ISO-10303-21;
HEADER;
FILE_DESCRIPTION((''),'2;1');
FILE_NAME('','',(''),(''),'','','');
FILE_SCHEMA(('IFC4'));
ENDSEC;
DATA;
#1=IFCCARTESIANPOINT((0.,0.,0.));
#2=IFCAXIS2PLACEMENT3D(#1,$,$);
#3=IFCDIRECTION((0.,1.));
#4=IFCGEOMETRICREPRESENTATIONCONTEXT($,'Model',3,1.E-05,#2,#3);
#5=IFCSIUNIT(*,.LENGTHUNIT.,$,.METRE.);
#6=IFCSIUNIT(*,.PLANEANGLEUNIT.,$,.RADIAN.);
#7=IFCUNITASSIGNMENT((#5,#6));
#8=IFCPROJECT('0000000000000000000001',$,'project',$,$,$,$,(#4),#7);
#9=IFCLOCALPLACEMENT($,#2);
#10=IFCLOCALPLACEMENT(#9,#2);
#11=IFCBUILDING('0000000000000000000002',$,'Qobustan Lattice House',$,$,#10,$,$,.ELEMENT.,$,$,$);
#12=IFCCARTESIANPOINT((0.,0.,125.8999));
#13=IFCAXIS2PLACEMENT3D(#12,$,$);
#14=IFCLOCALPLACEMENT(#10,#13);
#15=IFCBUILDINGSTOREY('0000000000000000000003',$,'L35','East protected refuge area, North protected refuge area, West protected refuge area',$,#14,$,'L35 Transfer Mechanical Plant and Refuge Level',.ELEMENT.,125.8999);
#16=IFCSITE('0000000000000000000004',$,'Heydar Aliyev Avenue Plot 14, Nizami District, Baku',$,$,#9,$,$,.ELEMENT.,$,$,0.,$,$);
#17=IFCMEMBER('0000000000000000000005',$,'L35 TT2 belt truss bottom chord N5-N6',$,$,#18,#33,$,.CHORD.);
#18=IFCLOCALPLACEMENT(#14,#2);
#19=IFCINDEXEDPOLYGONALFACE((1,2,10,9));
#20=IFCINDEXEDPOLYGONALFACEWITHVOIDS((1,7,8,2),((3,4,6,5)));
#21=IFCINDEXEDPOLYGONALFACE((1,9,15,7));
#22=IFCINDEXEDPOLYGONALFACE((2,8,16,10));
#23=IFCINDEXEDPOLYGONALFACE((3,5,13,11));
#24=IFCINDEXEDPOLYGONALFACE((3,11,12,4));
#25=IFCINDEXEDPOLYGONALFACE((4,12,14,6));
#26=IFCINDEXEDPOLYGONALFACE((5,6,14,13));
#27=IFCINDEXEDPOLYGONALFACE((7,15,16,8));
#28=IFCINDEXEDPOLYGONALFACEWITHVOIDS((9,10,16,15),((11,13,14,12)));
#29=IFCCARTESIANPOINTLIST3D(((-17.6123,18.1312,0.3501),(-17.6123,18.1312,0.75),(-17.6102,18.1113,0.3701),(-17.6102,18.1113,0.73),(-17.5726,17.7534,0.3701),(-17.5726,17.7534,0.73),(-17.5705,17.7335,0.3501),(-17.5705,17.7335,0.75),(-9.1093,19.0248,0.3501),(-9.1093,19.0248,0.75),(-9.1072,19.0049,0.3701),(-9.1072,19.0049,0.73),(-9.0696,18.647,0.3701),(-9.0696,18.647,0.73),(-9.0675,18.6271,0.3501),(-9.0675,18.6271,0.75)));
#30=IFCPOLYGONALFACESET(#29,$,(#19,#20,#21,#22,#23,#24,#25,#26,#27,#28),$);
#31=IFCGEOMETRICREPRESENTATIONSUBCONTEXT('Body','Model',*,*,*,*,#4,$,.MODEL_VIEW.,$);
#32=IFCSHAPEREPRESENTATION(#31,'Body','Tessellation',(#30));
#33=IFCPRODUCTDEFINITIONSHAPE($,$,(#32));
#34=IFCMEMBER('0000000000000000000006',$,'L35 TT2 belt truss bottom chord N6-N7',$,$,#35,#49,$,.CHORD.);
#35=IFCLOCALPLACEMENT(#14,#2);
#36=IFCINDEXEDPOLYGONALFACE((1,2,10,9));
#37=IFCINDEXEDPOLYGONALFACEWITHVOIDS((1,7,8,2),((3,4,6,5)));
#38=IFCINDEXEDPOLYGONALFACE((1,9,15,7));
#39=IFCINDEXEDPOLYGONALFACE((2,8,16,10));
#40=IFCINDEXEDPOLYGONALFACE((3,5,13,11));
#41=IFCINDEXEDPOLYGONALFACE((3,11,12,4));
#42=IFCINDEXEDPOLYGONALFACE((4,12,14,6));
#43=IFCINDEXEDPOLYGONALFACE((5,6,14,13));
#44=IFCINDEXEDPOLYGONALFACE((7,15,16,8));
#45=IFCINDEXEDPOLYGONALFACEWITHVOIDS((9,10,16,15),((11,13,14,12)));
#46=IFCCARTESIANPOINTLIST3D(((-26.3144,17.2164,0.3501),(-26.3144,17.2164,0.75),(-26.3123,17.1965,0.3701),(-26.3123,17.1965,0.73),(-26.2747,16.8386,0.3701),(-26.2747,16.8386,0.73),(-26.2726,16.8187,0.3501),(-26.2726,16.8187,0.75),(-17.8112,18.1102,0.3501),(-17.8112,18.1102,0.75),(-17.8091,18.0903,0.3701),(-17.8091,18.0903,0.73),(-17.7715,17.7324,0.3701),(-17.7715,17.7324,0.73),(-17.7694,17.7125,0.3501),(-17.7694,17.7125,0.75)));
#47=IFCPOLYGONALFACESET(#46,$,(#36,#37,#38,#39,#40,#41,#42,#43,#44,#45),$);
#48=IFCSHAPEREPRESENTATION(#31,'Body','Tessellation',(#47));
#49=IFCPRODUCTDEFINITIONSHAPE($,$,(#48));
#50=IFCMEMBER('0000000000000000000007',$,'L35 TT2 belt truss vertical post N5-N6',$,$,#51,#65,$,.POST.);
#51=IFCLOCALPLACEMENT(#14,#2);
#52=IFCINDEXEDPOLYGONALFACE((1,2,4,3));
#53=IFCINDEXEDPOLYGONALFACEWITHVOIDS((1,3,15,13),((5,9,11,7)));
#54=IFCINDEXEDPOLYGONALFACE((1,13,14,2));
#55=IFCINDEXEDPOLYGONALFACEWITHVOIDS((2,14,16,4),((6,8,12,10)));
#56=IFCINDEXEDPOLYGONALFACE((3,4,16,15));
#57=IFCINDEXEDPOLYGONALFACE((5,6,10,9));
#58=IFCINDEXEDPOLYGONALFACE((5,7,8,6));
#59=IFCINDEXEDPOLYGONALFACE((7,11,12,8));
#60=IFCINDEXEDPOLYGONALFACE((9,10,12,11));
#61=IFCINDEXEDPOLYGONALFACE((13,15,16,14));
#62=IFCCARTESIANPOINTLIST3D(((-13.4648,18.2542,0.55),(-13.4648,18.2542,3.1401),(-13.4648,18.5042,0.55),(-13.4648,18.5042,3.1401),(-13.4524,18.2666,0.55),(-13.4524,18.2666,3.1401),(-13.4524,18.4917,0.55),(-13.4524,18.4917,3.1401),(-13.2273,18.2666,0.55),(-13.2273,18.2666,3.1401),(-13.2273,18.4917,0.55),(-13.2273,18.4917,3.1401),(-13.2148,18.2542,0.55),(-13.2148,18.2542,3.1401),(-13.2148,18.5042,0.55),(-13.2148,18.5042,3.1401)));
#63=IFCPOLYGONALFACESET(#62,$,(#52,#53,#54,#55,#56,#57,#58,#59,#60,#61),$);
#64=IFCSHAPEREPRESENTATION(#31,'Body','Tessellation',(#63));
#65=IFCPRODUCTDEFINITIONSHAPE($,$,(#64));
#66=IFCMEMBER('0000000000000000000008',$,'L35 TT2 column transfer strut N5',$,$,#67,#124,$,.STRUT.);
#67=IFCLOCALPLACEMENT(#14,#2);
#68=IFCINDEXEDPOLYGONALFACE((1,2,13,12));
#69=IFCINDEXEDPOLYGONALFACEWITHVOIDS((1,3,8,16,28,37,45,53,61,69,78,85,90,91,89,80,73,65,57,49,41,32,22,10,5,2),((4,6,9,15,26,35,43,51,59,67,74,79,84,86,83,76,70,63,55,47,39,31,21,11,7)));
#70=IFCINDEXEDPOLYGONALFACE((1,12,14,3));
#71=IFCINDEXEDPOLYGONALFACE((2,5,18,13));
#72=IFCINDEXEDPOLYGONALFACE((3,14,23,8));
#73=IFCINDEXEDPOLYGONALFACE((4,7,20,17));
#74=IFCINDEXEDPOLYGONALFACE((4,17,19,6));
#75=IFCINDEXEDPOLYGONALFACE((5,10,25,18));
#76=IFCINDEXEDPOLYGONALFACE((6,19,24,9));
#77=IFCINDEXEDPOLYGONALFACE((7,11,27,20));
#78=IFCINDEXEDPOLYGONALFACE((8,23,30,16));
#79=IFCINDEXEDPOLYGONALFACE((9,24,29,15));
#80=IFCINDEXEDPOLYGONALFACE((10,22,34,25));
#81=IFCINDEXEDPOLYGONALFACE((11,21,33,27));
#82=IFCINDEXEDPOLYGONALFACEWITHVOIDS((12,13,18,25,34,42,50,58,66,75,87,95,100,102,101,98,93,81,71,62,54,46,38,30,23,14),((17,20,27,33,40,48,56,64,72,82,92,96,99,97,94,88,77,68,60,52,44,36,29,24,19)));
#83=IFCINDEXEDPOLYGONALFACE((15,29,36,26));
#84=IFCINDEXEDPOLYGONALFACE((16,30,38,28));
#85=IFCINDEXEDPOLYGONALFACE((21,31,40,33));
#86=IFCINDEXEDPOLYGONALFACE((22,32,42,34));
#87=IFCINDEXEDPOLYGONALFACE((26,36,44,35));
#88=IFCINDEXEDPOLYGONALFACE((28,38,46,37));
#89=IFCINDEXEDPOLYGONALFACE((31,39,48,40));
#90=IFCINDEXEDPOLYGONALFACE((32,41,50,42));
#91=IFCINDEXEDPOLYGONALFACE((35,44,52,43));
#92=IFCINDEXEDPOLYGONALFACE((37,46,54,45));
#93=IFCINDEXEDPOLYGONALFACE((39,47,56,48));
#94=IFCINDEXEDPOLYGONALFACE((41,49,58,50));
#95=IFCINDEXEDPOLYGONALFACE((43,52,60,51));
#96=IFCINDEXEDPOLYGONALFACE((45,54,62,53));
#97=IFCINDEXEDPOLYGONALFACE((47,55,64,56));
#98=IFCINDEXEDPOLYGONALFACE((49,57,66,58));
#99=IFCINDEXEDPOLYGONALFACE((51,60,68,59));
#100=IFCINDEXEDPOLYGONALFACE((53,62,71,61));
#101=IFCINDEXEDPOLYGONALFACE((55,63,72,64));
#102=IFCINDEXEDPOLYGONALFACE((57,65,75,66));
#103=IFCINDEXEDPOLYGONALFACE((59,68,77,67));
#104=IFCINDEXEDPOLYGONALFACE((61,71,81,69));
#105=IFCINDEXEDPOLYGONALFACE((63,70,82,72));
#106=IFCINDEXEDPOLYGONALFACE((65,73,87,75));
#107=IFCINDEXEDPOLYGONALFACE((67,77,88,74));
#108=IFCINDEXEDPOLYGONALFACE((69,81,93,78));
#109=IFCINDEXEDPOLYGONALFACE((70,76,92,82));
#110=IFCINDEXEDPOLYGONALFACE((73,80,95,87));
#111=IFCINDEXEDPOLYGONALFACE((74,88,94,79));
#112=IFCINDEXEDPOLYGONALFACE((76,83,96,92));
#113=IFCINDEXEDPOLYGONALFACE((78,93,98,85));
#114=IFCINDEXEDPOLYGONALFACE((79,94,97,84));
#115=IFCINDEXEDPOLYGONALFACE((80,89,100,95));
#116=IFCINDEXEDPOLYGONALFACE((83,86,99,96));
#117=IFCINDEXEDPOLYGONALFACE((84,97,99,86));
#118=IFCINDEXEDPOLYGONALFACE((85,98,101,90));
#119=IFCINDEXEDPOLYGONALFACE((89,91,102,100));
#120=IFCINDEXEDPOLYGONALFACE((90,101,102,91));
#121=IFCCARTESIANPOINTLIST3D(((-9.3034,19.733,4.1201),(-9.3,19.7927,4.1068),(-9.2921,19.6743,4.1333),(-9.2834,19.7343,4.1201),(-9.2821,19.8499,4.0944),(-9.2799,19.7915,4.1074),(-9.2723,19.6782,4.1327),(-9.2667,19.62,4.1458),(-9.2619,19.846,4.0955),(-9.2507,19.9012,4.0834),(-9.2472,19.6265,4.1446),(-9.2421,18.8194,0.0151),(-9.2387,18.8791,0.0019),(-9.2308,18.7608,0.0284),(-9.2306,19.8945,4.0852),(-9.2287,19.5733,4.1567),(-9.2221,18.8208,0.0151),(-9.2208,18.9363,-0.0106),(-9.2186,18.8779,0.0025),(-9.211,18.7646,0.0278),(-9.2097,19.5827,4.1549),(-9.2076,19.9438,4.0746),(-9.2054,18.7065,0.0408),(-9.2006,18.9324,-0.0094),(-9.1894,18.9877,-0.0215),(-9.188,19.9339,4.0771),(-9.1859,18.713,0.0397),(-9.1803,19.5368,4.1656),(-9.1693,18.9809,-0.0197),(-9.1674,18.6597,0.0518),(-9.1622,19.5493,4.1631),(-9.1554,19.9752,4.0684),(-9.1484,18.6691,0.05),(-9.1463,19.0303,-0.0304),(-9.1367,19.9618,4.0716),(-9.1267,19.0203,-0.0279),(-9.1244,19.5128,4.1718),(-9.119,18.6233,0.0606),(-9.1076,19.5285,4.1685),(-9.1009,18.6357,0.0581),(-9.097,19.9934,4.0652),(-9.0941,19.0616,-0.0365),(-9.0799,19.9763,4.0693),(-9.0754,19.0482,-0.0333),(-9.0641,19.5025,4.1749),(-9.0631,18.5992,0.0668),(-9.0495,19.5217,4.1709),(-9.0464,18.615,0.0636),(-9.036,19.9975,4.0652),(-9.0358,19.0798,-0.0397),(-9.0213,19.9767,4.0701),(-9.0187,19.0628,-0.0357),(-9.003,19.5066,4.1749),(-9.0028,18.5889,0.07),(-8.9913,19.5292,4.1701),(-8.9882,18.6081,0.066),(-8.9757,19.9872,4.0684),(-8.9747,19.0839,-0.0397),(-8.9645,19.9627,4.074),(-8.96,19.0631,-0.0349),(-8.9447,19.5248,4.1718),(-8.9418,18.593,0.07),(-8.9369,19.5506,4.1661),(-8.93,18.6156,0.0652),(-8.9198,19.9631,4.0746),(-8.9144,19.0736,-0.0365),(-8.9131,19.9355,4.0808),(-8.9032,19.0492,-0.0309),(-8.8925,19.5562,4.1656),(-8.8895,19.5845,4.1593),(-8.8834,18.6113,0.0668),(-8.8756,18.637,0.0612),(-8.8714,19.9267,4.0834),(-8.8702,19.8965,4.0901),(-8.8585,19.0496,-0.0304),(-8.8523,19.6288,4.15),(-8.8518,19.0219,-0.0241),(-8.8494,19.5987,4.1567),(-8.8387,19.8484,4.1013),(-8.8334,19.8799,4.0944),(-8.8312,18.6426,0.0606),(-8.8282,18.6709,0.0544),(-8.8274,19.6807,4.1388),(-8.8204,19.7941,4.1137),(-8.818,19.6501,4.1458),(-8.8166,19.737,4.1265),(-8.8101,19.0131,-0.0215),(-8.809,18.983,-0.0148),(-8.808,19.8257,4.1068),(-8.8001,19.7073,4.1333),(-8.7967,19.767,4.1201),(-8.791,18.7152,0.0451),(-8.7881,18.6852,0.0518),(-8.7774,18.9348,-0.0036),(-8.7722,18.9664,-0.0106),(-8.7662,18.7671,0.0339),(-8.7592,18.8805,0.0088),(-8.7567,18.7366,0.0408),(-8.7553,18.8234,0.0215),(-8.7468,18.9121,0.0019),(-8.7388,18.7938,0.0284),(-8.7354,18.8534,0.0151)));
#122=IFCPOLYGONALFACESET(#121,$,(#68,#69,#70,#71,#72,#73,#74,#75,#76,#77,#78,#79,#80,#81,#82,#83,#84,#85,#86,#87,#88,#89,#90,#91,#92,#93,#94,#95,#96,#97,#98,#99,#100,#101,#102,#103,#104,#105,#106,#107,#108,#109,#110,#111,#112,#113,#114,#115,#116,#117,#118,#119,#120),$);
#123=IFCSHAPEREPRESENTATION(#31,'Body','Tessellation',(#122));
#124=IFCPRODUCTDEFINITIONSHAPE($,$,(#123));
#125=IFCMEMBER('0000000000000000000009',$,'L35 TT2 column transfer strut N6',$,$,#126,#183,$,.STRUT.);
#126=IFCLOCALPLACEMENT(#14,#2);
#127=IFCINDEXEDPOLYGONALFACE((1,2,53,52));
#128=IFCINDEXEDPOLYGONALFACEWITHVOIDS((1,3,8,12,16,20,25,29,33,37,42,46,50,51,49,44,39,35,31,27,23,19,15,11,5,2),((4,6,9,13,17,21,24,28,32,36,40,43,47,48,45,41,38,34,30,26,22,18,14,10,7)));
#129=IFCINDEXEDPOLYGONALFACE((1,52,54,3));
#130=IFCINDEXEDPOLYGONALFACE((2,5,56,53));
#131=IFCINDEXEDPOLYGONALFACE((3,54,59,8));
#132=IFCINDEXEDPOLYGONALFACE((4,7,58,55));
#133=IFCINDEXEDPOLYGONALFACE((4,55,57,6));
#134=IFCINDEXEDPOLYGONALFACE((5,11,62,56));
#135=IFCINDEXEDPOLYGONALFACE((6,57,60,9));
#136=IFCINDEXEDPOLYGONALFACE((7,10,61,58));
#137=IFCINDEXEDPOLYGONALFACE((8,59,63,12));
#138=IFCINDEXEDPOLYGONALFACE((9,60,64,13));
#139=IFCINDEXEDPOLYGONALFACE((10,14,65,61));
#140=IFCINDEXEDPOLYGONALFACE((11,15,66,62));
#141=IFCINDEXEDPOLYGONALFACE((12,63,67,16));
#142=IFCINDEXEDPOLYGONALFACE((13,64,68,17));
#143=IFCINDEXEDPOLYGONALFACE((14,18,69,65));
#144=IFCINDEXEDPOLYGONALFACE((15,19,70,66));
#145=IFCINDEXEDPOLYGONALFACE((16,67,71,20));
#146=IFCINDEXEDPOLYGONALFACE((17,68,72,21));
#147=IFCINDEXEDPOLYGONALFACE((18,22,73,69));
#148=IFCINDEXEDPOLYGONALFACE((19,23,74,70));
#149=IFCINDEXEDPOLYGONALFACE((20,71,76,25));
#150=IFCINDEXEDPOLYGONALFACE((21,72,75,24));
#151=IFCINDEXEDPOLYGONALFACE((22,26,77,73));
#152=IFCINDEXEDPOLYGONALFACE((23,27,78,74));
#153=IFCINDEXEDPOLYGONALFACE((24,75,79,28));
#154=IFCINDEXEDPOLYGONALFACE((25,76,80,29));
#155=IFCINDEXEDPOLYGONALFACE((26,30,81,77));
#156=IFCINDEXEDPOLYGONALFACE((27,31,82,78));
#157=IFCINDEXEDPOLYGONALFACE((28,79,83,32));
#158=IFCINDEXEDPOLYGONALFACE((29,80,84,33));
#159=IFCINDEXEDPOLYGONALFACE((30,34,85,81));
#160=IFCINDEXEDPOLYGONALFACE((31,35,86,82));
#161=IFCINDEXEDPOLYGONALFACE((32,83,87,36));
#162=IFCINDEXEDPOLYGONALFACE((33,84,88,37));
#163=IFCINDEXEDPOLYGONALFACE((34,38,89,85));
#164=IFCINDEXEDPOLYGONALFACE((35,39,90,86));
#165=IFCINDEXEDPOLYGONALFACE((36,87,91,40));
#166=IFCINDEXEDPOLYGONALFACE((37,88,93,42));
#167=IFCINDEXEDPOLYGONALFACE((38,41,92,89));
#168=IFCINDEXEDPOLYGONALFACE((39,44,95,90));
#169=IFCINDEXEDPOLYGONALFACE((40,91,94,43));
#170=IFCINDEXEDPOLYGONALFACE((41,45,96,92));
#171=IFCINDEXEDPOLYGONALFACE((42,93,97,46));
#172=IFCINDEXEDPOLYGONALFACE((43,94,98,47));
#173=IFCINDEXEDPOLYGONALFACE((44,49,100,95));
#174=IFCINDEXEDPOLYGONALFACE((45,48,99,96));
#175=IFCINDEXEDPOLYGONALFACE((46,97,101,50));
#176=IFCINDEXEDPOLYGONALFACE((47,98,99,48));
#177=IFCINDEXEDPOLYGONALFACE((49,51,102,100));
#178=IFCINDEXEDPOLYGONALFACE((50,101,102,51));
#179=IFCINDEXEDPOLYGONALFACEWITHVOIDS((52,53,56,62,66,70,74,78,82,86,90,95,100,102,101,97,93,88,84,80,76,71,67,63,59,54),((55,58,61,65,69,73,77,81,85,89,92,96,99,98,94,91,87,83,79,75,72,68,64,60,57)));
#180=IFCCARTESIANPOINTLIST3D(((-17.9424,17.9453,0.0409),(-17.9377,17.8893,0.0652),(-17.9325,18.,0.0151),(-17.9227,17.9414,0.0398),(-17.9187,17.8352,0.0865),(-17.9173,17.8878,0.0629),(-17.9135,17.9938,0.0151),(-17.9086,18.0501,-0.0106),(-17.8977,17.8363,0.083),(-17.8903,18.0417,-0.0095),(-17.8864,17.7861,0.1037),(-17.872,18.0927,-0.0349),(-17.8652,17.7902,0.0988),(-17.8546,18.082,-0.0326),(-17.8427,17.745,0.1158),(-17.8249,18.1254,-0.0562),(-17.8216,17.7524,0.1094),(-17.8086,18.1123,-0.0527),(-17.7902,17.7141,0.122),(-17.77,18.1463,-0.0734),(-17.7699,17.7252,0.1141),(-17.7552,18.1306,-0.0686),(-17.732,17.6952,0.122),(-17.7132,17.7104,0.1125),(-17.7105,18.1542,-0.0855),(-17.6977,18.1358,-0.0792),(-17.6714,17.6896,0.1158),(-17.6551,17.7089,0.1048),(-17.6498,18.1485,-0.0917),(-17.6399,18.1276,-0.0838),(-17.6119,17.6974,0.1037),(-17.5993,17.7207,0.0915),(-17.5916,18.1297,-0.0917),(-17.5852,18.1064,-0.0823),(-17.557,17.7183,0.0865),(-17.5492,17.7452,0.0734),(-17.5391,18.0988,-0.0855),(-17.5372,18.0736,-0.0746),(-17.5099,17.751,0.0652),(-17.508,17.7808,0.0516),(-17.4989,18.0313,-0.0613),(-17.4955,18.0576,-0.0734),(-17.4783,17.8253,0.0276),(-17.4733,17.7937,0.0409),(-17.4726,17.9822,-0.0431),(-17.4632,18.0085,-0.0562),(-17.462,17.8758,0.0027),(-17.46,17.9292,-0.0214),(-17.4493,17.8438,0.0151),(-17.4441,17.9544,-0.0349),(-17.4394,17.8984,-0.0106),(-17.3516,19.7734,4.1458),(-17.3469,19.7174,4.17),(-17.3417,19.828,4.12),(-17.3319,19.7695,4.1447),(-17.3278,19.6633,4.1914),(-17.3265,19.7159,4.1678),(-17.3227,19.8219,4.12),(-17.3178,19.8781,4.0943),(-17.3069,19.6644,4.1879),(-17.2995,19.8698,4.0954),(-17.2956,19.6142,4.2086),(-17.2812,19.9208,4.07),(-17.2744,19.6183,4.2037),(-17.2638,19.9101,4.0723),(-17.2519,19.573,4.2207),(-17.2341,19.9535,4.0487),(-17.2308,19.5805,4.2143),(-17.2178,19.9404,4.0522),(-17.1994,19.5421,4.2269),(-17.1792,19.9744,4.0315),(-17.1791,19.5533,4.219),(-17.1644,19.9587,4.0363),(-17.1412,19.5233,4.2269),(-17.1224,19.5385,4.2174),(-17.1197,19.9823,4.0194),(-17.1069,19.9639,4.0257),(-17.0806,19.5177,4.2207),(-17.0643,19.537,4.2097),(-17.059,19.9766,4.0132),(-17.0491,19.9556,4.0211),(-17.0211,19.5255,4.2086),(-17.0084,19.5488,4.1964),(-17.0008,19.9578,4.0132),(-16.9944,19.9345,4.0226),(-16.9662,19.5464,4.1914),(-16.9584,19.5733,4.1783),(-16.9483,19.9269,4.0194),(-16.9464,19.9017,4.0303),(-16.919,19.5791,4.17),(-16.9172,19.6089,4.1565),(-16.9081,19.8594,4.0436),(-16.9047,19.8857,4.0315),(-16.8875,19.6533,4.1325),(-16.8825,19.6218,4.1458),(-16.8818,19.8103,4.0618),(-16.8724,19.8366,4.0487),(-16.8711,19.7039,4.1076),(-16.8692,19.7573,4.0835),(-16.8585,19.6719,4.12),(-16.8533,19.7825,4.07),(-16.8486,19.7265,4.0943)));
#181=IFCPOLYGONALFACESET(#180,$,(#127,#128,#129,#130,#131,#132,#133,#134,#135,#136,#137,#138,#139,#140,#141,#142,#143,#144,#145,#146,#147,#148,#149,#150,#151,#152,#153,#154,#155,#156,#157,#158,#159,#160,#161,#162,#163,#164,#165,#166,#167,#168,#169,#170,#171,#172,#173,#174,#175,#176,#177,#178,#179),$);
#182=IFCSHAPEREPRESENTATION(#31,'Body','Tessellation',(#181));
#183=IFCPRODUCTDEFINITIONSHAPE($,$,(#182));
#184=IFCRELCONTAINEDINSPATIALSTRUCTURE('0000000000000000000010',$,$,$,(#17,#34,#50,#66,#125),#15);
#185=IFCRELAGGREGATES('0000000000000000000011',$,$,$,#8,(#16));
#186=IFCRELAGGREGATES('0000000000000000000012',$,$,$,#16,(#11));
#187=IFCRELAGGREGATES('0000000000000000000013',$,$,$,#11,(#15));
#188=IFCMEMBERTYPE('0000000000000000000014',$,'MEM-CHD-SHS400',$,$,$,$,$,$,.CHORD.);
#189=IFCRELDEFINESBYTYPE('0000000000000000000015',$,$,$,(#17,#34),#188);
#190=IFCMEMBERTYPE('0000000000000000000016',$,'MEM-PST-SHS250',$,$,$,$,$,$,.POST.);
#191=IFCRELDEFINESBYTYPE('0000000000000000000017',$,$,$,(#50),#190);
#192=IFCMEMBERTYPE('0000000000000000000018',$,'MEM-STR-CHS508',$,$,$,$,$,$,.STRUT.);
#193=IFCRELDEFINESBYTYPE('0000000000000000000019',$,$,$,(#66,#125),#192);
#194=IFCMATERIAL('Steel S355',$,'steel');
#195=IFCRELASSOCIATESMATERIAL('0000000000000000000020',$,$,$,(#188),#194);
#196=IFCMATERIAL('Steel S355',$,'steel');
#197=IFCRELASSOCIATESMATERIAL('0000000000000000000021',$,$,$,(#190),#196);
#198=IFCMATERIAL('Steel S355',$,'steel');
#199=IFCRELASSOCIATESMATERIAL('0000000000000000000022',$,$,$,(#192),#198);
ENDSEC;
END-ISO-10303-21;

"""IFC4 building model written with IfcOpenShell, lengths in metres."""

from ifc_helpers import new_model, si_unit, direction, frame, origin, origin_2d, place, context, subcontext, project, spatial, hollow_rectangle, hollow_circle, extrude, material, material_profile, profile_set, type_object, element, save


model = new_model("IFC4")

# Units and contexts
model_context = context("Model", 3, precision=1e-05, world=origin(), true_north=direction((0.0, 1.0)))
body_context = subcontext(model_context, "Body", "Model", "MODEL_VIEW")
ifc_project = project(units=[si_unit("LENGTHUNIT", "METRE"), si_unit("PLANEANGLEUNIT", "RADIAN")], contexts=[model_context])

# Site, building, storey
site_placement = place(None, origin())
site = spatial("IfcSite", under=ifc_project, at=site_placement, Name="Heydar Aliyev Avenue Plot 14, Nizami District, Baku", CompositionType="ELEMENT", RefElevation=0.0)
building_placement = place(site_placement, origin())
building = spatial("IfcBuilding", under=site, at=building_placement, Name="Qobustan Lattice House", CompositionType="ELEMENT")
storey_placement = place(building_placement, frame((0.0, 0.0, 125.8999)))
storey = spatial("IfcBuildingStorey", under=building, at=storey_placement, Name="L35", Description="East protected refuge area, North protected refuge area, West protected refuge area", LongName="L35 Transfer Mechanical Plant and Refuge Level", CompositionType="ELEMENT", Elevation=125.8999)

# Members
ifc_material_1 = material(Name="Steel S355", Category="steel")
ifc_material_profile_1 = material_profile(ifc_material_1, hollow_rectangle(XDim=0.3999, YDim=0.3999, WallThickness=0.02, at=origin_2d()), Name="SHS400x400x20")
ifc_profile_set_1 = profile_set([ifc_material_profile_1], Name="Steel S355")
member_type_1 = type_object("IfcMemberType", Name="MEM-CHD-SHS400", PredefinedType="CHORD", material=ifc_profile_set_1)
member_1_placement = place(storey_placement, frame((-9.0884, 18.8259, 0.55), z_axis=(-0.994524, -0.104512, 0.0), x_axis=(0.104512, -0.994524, 0.0)))
element("IfcMember", 1, at=member_1_placement, inside=storey, type_object=member_type_1, Name="L35 TT2 belt truss bottom chord N5-N6", PredefinedType="CHORD", context=body_context, shape_type="SweptSolid", body=[
    extrude(hollow_rectangle(XDim=0.3999, YDim=0.3999, WallThickness=0.02, at=origin_2d()), origin(), (0.0, 0.0, 1.0), 8.5498),
])
member_2_placement = place(storey_placement, frame((-17.7903, 17.9114, 0.55), z_axis=(-0.994521, -0.104538, 0.0), x_axis=(0.104538, -0.994521, 0.0)))
element("IfcMember", 2, at=member_2_placement, inside=storey, type_object=member_type_1, Name="L35 TT2 belt truss bottom chord N6-N7", PredefinedType="CHORD", context=body_context, shape_type="SweptSolid", body=[
    extrude(hollow_rectangle(XDim=0.3999, YDim=0.3999, WallThickness=0.02, at=origin_2d()), origin(), (0.0, 0.0, 1.0), 8.55),
])
ifc_material_2 = material(Name="Steel S355", Category="steel")
ifc_material_profile_2 = material_profile(ifc_material_2, hollow_rectangle(XDim=0.25, YDim=0.25, WallThickness=0.0125, at=origin_2d()), Name="SHS250x250x12.5")
ifc_profile_set_2 = profile_set([ifc_material_profile_2], Name="Steel S355")
member_type_2 = type_object("IfcMemberType", Name="MEM-PST-SHS250", PredefinedType="POST", material=ifc_profile_set_2)
member_3_placement = place(storey_placement, frame((-13.3398, 18.3792, 0.55), z_axis=(0.0, 0.0, 1.0), x_axis=(1.0, 0.0, 0.0)))
element("IfcMember", 3, at=member_3_placement, inside=storey, type_object=member_type_2, Name="L35 TT2 belt truss vertical post N5-N6", PredefinedType="POST", context=body_context, shape_type="SweptSolid", body=[
    extrude(hollow_rectangle(XDim=0.25, YDim=0.25, WallThickness=0.0125, at=origin_2d()), origin(), (0.0, 0.0, 1.0), 2.5901),
])
ifc_material_3 = material(Name="Steel S355", Category="steel")
ifc_material_profile_3 = material_profile(ifc_material_3, hollow_circle(Radius=0.2539, WallThickness=0.02, at=origin_2d()), Name="CHS508x20")
ifc_profile_set_3 = profile_set([ifc_material_profile_3], Name="Steel S355")
member_type_3 = type_object("IfcMemberType", Name="MEM-STR-CHS508", PredefinedType="STRUT", material=ifc_profile_set_3)
member_4_placement = place(storey_placement, frame((-8.9888, 18.8364, 0.0151), z_axis=(-0.01457, 0.217215, 0.976015), x_axis=(-0.997758, -0.066926, 0.0)))
element("IfcMember", 4, at=member_4_placement, inside=storey, type_object=member_type_3, Name="L35 TT2 column transfer strut N5", PredefinedType="STRUT", context=body_context, shape_type="SweptSolid", body=[
    extrude(hollow_circle(Radius=0.2539, WallThickness=0.02, at=origin_2d()), origin(), (0.0, 0.0, 1.0), 4.2058),
])
member_5_placement = place(storey_placement, frame((-17.6909, 17.9219, 0.0151), z_axis=(0.130357, 0.403353, 0.905712), x_axis=(-0.951541, 0.307523, 0.0)))
element("IfcMember", 5, at=member_5_placement, inside=storey, type_object=member_type_3, Name="L35 TT2 column transfer strut N6", PredefinedType="STRUT", context=body_context, shape_type="SweptSolid", body=[
    extrude(hollow_circle(Radius=0.2539, WallThickness=0.02, at=origin_2d()), origin(), (0.0, 0.0, 1.0), 4.5322),
])

save(model, "model.ifc")
